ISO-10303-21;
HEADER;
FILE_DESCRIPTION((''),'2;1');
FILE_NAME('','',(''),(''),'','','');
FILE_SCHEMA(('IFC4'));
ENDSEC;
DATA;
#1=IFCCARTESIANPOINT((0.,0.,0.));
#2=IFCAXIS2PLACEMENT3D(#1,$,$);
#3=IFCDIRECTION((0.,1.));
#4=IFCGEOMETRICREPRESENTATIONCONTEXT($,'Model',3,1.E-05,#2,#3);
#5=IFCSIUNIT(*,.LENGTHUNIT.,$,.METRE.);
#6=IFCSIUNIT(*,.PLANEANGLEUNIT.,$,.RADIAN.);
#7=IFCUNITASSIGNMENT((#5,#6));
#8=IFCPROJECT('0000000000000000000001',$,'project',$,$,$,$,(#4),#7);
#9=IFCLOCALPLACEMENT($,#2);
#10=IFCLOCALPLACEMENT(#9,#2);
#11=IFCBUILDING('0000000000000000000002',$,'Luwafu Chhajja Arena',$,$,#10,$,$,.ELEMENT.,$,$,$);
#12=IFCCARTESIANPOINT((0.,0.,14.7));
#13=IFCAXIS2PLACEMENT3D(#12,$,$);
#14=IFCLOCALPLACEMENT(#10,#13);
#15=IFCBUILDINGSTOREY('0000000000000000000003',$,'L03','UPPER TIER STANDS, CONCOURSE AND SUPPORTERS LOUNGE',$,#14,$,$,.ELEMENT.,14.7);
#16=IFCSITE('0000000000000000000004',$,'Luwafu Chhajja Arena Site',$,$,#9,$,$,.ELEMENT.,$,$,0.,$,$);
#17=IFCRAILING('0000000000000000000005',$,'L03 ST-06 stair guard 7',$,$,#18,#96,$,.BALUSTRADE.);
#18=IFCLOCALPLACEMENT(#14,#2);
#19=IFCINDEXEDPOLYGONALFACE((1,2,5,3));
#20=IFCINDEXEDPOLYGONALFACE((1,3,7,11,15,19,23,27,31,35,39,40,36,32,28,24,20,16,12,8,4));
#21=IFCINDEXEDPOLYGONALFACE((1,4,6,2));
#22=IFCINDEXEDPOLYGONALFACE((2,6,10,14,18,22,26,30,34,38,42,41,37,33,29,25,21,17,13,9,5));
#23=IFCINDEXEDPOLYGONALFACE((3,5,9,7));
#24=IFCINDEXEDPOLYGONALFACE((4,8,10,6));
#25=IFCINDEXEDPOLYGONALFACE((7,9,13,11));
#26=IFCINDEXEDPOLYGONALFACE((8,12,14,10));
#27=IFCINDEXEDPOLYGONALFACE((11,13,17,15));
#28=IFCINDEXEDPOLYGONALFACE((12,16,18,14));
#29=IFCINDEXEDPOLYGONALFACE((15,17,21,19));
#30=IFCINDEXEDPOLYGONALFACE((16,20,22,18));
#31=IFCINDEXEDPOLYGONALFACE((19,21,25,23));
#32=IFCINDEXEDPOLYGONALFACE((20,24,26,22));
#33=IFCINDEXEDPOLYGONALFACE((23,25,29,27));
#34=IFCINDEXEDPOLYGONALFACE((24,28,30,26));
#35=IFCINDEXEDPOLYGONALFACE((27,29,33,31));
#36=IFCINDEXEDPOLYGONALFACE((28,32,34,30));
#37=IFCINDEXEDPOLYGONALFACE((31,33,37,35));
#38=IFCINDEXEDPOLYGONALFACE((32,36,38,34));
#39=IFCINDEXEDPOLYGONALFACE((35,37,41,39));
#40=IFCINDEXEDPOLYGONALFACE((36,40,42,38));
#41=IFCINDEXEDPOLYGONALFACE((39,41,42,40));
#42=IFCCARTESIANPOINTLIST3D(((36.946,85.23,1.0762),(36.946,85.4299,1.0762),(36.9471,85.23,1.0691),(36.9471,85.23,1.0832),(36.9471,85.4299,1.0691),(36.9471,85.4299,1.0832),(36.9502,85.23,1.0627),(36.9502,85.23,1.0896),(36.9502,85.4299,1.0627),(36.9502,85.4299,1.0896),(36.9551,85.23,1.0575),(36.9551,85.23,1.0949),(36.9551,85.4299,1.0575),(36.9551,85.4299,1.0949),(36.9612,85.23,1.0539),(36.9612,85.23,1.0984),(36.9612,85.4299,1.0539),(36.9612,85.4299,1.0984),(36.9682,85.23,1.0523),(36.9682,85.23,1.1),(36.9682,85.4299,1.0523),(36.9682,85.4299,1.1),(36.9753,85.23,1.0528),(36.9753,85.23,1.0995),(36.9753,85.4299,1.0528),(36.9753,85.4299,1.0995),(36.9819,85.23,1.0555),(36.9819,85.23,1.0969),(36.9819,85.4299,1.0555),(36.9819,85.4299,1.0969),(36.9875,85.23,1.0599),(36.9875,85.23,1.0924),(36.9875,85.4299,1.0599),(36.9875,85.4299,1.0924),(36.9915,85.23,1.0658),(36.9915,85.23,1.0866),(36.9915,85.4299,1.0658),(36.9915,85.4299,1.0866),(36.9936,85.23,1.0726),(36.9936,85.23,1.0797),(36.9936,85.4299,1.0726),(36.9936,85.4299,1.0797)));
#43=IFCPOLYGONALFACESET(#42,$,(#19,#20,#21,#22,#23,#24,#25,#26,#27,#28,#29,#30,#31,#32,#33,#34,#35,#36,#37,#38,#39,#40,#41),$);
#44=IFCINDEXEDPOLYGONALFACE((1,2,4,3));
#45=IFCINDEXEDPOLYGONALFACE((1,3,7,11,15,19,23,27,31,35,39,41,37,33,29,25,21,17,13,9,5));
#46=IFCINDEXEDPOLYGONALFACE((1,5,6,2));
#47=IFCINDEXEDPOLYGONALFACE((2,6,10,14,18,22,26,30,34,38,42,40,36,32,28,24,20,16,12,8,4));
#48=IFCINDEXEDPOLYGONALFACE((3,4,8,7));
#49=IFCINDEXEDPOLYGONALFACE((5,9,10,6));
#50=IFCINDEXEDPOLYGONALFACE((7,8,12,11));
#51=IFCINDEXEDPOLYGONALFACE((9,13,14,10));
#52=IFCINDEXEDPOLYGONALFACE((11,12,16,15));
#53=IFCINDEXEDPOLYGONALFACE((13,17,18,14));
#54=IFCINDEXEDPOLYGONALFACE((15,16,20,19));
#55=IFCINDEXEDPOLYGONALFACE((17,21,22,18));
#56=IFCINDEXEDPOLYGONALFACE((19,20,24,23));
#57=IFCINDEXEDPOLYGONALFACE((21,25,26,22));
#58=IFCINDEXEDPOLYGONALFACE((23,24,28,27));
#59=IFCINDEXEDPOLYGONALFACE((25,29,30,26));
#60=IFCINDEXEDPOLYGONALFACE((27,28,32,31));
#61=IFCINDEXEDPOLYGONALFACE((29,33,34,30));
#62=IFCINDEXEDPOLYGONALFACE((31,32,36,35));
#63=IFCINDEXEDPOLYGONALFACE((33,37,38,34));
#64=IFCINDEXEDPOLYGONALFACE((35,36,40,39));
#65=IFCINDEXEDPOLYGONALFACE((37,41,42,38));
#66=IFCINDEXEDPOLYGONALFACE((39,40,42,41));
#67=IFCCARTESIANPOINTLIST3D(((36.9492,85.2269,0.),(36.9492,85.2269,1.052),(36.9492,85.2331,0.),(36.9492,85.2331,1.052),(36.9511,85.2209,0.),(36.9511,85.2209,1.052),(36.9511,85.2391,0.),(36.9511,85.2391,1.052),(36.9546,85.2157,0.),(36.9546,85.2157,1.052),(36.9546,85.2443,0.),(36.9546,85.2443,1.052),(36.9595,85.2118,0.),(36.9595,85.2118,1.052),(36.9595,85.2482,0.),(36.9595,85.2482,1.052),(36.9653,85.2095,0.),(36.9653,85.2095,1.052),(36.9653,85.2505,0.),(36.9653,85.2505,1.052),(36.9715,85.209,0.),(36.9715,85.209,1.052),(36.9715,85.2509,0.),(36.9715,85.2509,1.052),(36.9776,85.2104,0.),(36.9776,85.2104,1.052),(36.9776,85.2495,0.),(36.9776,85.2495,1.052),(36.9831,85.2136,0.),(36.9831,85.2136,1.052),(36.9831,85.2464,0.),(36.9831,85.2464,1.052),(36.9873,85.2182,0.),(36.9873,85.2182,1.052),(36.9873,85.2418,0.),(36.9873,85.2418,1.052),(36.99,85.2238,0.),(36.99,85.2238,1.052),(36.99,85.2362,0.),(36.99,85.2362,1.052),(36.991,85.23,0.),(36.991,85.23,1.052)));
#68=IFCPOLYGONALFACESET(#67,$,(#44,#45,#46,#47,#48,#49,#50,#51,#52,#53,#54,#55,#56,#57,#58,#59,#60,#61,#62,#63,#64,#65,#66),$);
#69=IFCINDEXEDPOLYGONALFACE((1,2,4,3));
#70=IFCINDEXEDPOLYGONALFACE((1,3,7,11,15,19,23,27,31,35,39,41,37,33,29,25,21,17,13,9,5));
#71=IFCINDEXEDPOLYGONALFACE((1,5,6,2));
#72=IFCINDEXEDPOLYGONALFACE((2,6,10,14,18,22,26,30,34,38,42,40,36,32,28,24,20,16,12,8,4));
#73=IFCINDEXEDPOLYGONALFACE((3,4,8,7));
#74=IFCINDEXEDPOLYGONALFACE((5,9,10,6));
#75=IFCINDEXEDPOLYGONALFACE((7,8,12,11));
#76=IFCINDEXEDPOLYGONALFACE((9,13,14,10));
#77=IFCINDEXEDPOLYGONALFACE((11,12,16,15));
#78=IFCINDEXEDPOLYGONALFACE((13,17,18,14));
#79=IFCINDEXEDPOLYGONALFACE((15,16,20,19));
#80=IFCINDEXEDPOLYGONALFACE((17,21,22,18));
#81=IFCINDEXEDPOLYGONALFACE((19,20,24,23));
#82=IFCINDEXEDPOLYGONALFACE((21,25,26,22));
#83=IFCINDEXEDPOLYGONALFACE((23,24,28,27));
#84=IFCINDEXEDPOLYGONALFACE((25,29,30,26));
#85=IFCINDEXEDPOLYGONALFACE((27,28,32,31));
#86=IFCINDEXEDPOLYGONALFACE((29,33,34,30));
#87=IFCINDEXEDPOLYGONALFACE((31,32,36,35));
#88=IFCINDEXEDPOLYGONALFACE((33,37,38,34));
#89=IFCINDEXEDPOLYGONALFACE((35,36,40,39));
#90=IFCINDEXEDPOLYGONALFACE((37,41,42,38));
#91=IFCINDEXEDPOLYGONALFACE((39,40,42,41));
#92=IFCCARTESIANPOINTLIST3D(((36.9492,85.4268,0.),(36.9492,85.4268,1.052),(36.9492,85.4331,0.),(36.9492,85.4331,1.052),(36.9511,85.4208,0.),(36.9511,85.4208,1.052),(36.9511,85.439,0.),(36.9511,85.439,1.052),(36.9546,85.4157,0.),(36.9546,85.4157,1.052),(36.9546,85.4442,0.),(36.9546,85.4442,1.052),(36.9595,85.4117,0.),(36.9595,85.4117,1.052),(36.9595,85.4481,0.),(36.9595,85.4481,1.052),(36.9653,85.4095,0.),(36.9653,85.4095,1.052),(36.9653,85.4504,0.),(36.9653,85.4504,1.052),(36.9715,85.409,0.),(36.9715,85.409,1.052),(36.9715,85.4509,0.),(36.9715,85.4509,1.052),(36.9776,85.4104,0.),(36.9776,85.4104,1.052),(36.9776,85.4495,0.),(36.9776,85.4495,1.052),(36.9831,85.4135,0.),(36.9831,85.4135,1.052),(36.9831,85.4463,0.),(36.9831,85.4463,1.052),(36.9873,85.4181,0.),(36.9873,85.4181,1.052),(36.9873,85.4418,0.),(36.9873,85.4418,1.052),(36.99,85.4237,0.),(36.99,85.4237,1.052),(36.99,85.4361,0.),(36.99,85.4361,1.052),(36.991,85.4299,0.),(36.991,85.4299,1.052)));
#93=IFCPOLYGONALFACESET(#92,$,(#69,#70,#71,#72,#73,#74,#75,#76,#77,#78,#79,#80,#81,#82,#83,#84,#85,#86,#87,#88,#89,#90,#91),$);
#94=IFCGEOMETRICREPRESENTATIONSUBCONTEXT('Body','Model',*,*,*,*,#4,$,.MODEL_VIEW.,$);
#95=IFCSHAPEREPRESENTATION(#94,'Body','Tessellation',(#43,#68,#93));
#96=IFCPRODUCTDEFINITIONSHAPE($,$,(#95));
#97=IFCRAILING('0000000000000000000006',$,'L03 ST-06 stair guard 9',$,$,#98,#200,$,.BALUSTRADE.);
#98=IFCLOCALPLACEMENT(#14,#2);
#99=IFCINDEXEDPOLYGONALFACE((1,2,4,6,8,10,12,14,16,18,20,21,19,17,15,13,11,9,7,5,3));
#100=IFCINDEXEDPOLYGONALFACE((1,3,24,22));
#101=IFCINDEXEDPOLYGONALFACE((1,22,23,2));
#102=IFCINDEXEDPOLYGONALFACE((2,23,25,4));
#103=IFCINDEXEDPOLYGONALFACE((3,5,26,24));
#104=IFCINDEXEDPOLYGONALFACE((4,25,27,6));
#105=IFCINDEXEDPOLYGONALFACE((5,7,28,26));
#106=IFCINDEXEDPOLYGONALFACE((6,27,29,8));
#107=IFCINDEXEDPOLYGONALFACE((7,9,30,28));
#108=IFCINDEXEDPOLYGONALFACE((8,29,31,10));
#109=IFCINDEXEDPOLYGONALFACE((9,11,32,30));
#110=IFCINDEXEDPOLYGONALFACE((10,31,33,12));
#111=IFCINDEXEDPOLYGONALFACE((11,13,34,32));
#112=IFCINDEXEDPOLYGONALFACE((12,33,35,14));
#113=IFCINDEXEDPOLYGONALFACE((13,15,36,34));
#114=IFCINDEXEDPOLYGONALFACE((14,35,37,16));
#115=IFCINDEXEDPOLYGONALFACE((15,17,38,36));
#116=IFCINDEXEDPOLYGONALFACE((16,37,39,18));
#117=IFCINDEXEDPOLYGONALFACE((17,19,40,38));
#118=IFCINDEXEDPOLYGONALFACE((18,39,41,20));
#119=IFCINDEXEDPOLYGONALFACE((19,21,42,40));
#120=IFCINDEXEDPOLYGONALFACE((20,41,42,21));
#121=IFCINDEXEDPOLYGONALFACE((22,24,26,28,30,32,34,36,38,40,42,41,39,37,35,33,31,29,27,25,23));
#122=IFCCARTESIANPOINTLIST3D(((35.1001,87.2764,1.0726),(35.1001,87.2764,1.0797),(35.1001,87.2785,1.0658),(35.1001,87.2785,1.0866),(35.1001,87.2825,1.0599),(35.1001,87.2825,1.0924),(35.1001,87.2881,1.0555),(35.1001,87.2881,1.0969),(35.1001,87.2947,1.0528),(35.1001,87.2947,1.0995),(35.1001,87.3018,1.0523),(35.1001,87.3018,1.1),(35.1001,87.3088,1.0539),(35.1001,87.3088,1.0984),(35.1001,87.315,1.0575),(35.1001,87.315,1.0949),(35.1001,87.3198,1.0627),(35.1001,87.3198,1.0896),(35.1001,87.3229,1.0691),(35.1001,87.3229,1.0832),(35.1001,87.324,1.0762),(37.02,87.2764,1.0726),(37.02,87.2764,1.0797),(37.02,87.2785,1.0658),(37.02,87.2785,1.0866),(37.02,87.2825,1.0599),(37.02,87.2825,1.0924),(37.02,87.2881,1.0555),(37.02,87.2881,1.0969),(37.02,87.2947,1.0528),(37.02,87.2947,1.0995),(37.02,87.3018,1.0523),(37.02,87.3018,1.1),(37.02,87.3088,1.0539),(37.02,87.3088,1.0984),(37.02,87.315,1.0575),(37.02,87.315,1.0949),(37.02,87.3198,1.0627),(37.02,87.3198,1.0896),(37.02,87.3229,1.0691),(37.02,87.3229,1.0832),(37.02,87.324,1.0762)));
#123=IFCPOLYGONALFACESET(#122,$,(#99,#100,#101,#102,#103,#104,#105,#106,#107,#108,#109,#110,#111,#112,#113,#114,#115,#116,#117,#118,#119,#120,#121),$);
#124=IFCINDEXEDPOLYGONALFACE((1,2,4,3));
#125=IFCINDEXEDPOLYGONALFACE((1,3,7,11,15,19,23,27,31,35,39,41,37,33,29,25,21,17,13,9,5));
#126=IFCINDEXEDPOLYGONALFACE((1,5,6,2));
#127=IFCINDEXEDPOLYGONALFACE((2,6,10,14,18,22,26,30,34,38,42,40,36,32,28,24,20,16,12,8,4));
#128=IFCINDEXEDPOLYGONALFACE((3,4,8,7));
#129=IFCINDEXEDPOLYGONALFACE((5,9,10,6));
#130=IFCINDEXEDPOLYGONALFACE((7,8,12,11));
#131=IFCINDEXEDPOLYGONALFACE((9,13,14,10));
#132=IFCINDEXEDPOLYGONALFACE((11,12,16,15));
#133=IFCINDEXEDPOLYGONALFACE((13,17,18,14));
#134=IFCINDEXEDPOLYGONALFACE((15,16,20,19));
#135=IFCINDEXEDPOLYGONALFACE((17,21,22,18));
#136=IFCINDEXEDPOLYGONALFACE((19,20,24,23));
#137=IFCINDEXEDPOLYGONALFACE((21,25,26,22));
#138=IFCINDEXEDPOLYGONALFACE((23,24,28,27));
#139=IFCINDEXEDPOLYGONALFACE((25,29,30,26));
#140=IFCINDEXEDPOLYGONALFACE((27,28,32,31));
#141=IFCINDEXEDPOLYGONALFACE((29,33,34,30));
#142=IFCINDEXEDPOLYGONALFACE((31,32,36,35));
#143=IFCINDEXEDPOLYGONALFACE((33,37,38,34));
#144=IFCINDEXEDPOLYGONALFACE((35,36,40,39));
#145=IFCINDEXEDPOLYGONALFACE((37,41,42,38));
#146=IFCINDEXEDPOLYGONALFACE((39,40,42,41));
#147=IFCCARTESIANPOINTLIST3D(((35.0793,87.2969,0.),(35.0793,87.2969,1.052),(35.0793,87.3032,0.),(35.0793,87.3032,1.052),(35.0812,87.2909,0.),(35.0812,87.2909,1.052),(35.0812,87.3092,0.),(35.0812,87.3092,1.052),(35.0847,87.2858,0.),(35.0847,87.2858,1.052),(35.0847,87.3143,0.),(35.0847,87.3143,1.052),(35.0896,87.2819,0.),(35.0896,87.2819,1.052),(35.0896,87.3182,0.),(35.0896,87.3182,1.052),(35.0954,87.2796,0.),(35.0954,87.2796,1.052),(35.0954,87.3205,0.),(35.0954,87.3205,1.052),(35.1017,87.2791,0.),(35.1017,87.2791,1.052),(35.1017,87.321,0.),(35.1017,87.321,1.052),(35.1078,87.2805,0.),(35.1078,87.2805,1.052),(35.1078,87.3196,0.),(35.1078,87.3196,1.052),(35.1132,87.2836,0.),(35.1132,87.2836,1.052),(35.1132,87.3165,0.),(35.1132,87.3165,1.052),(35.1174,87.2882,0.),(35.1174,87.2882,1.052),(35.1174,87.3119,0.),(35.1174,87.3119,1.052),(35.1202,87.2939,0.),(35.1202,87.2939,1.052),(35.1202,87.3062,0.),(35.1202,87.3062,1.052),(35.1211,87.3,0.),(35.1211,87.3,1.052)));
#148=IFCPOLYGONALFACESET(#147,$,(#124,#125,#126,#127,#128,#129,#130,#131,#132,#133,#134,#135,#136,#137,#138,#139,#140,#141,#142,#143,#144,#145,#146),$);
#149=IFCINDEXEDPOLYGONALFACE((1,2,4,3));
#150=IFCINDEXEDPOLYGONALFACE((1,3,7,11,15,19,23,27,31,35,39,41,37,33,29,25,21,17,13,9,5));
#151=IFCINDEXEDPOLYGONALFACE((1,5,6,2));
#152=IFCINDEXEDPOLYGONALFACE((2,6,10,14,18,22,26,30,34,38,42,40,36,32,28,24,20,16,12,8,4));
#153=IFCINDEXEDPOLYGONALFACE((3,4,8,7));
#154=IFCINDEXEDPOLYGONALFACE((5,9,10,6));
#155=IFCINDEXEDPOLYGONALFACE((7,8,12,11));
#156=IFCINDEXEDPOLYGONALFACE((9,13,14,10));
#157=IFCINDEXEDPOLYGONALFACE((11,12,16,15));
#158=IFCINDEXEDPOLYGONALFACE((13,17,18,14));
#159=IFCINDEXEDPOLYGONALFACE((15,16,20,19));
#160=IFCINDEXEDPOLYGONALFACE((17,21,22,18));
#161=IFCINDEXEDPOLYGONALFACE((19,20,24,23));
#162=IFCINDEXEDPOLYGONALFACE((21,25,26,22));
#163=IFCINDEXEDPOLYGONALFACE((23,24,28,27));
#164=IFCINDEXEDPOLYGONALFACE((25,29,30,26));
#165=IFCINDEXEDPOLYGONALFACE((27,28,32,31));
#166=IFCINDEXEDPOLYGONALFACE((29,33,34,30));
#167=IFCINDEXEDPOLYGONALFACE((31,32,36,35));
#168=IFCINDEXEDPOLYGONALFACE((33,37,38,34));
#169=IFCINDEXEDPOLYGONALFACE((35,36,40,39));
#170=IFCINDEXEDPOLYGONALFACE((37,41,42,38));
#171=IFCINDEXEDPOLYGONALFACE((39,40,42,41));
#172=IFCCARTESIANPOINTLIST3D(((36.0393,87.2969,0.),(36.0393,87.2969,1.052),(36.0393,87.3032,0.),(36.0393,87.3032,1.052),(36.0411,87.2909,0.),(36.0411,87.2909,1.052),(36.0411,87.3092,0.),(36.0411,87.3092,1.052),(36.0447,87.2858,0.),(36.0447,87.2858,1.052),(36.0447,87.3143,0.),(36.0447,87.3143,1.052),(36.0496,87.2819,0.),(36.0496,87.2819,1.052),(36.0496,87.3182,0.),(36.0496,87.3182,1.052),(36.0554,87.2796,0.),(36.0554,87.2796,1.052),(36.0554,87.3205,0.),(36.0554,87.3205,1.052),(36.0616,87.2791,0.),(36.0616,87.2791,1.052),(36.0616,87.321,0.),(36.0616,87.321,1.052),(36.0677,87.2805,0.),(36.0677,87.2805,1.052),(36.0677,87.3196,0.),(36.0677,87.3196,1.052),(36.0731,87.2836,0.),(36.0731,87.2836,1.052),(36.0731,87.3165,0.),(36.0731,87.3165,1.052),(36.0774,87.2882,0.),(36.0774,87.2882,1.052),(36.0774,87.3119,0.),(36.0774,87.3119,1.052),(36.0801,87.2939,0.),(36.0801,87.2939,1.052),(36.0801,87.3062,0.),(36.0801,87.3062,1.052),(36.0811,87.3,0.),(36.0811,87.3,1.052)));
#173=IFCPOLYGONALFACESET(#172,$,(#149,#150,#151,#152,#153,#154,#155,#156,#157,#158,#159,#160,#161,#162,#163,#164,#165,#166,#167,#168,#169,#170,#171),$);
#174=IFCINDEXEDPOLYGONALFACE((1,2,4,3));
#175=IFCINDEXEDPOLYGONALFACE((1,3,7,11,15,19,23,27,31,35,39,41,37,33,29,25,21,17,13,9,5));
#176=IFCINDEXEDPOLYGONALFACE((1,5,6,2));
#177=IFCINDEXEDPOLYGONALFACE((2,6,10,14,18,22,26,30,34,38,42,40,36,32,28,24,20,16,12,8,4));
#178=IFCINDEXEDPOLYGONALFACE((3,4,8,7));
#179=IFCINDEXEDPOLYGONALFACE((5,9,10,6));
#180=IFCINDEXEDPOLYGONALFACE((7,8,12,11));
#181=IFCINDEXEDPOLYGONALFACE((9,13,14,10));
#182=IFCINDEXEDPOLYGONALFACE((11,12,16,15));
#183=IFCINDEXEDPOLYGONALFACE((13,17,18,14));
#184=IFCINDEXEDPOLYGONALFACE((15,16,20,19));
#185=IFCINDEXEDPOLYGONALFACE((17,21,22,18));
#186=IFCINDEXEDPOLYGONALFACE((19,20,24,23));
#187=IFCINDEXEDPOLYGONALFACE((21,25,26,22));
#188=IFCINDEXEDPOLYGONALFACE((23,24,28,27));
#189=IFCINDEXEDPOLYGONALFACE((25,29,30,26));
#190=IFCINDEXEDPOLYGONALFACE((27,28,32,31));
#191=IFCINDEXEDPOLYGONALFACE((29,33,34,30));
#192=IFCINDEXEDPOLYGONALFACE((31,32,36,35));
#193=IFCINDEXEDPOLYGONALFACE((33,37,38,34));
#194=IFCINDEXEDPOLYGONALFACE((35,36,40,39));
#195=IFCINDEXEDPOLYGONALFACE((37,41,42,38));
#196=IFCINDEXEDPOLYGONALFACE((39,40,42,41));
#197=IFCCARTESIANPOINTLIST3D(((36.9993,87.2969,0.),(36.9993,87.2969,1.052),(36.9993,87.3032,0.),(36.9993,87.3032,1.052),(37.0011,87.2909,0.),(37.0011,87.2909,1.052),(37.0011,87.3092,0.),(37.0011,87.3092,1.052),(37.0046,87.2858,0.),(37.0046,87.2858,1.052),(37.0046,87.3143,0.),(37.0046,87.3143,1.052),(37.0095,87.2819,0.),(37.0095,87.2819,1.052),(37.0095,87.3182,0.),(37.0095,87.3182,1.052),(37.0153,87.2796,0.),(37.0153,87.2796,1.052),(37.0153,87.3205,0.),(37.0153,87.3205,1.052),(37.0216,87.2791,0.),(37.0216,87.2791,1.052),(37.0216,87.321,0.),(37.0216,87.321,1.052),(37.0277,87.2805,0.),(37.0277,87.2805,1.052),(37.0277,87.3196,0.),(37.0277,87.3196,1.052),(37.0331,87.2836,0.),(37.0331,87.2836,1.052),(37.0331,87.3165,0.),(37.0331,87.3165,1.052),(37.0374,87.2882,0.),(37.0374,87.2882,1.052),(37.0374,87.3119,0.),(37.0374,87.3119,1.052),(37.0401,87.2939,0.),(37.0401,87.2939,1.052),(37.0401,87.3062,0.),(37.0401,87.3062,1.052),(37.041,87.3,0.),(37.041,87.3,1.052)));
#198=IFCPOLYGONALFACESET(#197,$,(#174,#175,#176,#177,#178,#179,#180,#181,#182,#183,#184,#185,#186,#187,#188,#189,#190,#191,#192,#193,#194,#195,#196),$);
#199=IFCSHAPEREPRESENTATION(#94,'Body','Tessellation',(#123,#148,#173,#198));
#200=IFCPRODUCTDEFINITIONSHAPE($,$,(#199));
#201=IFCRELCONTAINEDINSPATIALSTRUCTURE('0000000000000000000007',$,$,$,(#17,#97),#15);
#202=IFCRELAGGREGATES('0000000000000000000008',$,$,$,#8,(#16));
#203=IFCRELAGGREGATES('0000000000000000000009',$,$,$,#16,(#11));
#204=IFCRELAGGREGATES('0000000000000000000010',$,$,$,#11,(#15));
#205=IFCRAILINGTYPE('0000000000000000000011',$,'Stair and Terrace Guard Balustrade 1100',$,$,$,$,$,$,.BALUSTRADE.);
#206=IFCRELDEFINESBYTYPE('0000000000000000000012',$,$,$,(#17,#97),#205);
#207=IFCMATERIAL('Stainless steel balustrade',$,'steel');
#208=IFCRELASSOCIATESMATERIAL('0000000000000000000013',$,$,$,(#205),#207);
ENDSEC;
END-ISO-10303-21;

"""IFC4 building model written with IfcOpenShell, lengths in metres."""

from ifc_helpers import new_model, si_unit, direction, frame, origin, origin_2d, place, context, subcontext, project, spatial, circle, extrude, material, type_object, element, save


model = new_model("IFC4")

# Units and contexts
model_context = context("Model", 3, precision=1e-05, world=origin(), true_north=direction((0.0, 1.0)))
body_context = subcontext(model_context, "Body", "Model", "MODEL_VIEW")
ifc_project = project(units=[si_unit("LENGTHUNIT", "METRE"), si_unit("PLANEANGLEUNIT", "RADIAN")], contexts=[model_context])

# Site, building, storey
site_placement = place(None, origin())
site = spatial("IfcSite", under=ifc_project, at=site_placement, Name="Luwafu Chhajja Arena Site", CompositionType="ELEMENT", RefElevation=0.0)
building_placement = place(site_placement, origin())
building = spatial("IfcBuilding", under=site, at=building_placement, Name="Luwafu Chhajja Arena", CompositionType="ELEMENT")
storey_placement = place(building_placement, frame((0.0, 0.0, 14.7)))
storey = spatial("IfcBuildingStorey", under=building, at=storey_placement, Name="L03", Description="UPPER TIER STANDS, CONCOURSE AND SUPPORTERS LOUNGE", CompositionType="ELEMENT", Elevation=14.7)

# Railings
ifc_material_1 = material(Name="Stainless steel balustrade", Category="steel")
railing_type_1 = type_object("IfcRailingType", Name="Stair and Terrace Guard Balustrade 1100", PredefinedType="BALUSTRADE", material=ifc_material_1)
railing_1_placement = place(storey_placement, frame((36.97, 85.23, 0.0)))
element("IfcRailing", 1, at=railing_1_placement, inside=storey, type_object=railing_type_1, Name="L03 ST-06 stair guard 7", PredefinedType="BALUSTRADE", context=body_context, shape_type="SweptSolid", body=[
    extrude(circle(Radius=0.0239, at=origin_2d()), frame((0.0, 0.0, 1.0762), z_axis=(0.0, 1.0, 0.0), x_axis=(-1.0, 0.0, 0.0)), (0.0, 0.0, 1.0), 0.2),
    extrude(circle(Radius=0.021, at=origin_2d()), origin(), (0.0, 0.0, 1.0), 1.052),
    extrude(circle(Radius=0.021, at=origin_2d()), frame((0.0, 0.2, 0.0)), (0.0, 0.0, 1.0), 1.052),
])
railing_2_placement = place(storey_placement, frame((35.1001, 87.3, 0.0)))
element("IfcRailing", 2, at=railing_2_placement, inside=storey, type_object=railing_type_1, Name="L03 ST-06 stair guard 9", PredefinedType="BALUSTRADE", context=body_context, shape_type="SweptSolid", body=[
    extrude(circle(Radius=0.0239, at=origin_2d()), frame((0.0, 0.0, 1.0762), z_axis=(1.0, 0.0, 0.0), x_axis=(0.0, 1.0, 0.0)), (0.0, 0.0, 1.0), 1.9199),
    extrude(circle(Radius=0.021, at=origin_2d()), origin(), (0.0, 0.0, 1.0), 1.052),
    extrude(circle(Radius=0.021, at=origin_2d()), frame((0.96, 0.0, 0.0)), (0.0, 0.0, 1.0), 1.052),
    extrude(circle(Radius=0.021, at=origin_2d()), frame((1.9199, 0.0, 0.0)), (0.0, 0.0, 1.0), 1.052),
])

save(model, "model.ifc")
